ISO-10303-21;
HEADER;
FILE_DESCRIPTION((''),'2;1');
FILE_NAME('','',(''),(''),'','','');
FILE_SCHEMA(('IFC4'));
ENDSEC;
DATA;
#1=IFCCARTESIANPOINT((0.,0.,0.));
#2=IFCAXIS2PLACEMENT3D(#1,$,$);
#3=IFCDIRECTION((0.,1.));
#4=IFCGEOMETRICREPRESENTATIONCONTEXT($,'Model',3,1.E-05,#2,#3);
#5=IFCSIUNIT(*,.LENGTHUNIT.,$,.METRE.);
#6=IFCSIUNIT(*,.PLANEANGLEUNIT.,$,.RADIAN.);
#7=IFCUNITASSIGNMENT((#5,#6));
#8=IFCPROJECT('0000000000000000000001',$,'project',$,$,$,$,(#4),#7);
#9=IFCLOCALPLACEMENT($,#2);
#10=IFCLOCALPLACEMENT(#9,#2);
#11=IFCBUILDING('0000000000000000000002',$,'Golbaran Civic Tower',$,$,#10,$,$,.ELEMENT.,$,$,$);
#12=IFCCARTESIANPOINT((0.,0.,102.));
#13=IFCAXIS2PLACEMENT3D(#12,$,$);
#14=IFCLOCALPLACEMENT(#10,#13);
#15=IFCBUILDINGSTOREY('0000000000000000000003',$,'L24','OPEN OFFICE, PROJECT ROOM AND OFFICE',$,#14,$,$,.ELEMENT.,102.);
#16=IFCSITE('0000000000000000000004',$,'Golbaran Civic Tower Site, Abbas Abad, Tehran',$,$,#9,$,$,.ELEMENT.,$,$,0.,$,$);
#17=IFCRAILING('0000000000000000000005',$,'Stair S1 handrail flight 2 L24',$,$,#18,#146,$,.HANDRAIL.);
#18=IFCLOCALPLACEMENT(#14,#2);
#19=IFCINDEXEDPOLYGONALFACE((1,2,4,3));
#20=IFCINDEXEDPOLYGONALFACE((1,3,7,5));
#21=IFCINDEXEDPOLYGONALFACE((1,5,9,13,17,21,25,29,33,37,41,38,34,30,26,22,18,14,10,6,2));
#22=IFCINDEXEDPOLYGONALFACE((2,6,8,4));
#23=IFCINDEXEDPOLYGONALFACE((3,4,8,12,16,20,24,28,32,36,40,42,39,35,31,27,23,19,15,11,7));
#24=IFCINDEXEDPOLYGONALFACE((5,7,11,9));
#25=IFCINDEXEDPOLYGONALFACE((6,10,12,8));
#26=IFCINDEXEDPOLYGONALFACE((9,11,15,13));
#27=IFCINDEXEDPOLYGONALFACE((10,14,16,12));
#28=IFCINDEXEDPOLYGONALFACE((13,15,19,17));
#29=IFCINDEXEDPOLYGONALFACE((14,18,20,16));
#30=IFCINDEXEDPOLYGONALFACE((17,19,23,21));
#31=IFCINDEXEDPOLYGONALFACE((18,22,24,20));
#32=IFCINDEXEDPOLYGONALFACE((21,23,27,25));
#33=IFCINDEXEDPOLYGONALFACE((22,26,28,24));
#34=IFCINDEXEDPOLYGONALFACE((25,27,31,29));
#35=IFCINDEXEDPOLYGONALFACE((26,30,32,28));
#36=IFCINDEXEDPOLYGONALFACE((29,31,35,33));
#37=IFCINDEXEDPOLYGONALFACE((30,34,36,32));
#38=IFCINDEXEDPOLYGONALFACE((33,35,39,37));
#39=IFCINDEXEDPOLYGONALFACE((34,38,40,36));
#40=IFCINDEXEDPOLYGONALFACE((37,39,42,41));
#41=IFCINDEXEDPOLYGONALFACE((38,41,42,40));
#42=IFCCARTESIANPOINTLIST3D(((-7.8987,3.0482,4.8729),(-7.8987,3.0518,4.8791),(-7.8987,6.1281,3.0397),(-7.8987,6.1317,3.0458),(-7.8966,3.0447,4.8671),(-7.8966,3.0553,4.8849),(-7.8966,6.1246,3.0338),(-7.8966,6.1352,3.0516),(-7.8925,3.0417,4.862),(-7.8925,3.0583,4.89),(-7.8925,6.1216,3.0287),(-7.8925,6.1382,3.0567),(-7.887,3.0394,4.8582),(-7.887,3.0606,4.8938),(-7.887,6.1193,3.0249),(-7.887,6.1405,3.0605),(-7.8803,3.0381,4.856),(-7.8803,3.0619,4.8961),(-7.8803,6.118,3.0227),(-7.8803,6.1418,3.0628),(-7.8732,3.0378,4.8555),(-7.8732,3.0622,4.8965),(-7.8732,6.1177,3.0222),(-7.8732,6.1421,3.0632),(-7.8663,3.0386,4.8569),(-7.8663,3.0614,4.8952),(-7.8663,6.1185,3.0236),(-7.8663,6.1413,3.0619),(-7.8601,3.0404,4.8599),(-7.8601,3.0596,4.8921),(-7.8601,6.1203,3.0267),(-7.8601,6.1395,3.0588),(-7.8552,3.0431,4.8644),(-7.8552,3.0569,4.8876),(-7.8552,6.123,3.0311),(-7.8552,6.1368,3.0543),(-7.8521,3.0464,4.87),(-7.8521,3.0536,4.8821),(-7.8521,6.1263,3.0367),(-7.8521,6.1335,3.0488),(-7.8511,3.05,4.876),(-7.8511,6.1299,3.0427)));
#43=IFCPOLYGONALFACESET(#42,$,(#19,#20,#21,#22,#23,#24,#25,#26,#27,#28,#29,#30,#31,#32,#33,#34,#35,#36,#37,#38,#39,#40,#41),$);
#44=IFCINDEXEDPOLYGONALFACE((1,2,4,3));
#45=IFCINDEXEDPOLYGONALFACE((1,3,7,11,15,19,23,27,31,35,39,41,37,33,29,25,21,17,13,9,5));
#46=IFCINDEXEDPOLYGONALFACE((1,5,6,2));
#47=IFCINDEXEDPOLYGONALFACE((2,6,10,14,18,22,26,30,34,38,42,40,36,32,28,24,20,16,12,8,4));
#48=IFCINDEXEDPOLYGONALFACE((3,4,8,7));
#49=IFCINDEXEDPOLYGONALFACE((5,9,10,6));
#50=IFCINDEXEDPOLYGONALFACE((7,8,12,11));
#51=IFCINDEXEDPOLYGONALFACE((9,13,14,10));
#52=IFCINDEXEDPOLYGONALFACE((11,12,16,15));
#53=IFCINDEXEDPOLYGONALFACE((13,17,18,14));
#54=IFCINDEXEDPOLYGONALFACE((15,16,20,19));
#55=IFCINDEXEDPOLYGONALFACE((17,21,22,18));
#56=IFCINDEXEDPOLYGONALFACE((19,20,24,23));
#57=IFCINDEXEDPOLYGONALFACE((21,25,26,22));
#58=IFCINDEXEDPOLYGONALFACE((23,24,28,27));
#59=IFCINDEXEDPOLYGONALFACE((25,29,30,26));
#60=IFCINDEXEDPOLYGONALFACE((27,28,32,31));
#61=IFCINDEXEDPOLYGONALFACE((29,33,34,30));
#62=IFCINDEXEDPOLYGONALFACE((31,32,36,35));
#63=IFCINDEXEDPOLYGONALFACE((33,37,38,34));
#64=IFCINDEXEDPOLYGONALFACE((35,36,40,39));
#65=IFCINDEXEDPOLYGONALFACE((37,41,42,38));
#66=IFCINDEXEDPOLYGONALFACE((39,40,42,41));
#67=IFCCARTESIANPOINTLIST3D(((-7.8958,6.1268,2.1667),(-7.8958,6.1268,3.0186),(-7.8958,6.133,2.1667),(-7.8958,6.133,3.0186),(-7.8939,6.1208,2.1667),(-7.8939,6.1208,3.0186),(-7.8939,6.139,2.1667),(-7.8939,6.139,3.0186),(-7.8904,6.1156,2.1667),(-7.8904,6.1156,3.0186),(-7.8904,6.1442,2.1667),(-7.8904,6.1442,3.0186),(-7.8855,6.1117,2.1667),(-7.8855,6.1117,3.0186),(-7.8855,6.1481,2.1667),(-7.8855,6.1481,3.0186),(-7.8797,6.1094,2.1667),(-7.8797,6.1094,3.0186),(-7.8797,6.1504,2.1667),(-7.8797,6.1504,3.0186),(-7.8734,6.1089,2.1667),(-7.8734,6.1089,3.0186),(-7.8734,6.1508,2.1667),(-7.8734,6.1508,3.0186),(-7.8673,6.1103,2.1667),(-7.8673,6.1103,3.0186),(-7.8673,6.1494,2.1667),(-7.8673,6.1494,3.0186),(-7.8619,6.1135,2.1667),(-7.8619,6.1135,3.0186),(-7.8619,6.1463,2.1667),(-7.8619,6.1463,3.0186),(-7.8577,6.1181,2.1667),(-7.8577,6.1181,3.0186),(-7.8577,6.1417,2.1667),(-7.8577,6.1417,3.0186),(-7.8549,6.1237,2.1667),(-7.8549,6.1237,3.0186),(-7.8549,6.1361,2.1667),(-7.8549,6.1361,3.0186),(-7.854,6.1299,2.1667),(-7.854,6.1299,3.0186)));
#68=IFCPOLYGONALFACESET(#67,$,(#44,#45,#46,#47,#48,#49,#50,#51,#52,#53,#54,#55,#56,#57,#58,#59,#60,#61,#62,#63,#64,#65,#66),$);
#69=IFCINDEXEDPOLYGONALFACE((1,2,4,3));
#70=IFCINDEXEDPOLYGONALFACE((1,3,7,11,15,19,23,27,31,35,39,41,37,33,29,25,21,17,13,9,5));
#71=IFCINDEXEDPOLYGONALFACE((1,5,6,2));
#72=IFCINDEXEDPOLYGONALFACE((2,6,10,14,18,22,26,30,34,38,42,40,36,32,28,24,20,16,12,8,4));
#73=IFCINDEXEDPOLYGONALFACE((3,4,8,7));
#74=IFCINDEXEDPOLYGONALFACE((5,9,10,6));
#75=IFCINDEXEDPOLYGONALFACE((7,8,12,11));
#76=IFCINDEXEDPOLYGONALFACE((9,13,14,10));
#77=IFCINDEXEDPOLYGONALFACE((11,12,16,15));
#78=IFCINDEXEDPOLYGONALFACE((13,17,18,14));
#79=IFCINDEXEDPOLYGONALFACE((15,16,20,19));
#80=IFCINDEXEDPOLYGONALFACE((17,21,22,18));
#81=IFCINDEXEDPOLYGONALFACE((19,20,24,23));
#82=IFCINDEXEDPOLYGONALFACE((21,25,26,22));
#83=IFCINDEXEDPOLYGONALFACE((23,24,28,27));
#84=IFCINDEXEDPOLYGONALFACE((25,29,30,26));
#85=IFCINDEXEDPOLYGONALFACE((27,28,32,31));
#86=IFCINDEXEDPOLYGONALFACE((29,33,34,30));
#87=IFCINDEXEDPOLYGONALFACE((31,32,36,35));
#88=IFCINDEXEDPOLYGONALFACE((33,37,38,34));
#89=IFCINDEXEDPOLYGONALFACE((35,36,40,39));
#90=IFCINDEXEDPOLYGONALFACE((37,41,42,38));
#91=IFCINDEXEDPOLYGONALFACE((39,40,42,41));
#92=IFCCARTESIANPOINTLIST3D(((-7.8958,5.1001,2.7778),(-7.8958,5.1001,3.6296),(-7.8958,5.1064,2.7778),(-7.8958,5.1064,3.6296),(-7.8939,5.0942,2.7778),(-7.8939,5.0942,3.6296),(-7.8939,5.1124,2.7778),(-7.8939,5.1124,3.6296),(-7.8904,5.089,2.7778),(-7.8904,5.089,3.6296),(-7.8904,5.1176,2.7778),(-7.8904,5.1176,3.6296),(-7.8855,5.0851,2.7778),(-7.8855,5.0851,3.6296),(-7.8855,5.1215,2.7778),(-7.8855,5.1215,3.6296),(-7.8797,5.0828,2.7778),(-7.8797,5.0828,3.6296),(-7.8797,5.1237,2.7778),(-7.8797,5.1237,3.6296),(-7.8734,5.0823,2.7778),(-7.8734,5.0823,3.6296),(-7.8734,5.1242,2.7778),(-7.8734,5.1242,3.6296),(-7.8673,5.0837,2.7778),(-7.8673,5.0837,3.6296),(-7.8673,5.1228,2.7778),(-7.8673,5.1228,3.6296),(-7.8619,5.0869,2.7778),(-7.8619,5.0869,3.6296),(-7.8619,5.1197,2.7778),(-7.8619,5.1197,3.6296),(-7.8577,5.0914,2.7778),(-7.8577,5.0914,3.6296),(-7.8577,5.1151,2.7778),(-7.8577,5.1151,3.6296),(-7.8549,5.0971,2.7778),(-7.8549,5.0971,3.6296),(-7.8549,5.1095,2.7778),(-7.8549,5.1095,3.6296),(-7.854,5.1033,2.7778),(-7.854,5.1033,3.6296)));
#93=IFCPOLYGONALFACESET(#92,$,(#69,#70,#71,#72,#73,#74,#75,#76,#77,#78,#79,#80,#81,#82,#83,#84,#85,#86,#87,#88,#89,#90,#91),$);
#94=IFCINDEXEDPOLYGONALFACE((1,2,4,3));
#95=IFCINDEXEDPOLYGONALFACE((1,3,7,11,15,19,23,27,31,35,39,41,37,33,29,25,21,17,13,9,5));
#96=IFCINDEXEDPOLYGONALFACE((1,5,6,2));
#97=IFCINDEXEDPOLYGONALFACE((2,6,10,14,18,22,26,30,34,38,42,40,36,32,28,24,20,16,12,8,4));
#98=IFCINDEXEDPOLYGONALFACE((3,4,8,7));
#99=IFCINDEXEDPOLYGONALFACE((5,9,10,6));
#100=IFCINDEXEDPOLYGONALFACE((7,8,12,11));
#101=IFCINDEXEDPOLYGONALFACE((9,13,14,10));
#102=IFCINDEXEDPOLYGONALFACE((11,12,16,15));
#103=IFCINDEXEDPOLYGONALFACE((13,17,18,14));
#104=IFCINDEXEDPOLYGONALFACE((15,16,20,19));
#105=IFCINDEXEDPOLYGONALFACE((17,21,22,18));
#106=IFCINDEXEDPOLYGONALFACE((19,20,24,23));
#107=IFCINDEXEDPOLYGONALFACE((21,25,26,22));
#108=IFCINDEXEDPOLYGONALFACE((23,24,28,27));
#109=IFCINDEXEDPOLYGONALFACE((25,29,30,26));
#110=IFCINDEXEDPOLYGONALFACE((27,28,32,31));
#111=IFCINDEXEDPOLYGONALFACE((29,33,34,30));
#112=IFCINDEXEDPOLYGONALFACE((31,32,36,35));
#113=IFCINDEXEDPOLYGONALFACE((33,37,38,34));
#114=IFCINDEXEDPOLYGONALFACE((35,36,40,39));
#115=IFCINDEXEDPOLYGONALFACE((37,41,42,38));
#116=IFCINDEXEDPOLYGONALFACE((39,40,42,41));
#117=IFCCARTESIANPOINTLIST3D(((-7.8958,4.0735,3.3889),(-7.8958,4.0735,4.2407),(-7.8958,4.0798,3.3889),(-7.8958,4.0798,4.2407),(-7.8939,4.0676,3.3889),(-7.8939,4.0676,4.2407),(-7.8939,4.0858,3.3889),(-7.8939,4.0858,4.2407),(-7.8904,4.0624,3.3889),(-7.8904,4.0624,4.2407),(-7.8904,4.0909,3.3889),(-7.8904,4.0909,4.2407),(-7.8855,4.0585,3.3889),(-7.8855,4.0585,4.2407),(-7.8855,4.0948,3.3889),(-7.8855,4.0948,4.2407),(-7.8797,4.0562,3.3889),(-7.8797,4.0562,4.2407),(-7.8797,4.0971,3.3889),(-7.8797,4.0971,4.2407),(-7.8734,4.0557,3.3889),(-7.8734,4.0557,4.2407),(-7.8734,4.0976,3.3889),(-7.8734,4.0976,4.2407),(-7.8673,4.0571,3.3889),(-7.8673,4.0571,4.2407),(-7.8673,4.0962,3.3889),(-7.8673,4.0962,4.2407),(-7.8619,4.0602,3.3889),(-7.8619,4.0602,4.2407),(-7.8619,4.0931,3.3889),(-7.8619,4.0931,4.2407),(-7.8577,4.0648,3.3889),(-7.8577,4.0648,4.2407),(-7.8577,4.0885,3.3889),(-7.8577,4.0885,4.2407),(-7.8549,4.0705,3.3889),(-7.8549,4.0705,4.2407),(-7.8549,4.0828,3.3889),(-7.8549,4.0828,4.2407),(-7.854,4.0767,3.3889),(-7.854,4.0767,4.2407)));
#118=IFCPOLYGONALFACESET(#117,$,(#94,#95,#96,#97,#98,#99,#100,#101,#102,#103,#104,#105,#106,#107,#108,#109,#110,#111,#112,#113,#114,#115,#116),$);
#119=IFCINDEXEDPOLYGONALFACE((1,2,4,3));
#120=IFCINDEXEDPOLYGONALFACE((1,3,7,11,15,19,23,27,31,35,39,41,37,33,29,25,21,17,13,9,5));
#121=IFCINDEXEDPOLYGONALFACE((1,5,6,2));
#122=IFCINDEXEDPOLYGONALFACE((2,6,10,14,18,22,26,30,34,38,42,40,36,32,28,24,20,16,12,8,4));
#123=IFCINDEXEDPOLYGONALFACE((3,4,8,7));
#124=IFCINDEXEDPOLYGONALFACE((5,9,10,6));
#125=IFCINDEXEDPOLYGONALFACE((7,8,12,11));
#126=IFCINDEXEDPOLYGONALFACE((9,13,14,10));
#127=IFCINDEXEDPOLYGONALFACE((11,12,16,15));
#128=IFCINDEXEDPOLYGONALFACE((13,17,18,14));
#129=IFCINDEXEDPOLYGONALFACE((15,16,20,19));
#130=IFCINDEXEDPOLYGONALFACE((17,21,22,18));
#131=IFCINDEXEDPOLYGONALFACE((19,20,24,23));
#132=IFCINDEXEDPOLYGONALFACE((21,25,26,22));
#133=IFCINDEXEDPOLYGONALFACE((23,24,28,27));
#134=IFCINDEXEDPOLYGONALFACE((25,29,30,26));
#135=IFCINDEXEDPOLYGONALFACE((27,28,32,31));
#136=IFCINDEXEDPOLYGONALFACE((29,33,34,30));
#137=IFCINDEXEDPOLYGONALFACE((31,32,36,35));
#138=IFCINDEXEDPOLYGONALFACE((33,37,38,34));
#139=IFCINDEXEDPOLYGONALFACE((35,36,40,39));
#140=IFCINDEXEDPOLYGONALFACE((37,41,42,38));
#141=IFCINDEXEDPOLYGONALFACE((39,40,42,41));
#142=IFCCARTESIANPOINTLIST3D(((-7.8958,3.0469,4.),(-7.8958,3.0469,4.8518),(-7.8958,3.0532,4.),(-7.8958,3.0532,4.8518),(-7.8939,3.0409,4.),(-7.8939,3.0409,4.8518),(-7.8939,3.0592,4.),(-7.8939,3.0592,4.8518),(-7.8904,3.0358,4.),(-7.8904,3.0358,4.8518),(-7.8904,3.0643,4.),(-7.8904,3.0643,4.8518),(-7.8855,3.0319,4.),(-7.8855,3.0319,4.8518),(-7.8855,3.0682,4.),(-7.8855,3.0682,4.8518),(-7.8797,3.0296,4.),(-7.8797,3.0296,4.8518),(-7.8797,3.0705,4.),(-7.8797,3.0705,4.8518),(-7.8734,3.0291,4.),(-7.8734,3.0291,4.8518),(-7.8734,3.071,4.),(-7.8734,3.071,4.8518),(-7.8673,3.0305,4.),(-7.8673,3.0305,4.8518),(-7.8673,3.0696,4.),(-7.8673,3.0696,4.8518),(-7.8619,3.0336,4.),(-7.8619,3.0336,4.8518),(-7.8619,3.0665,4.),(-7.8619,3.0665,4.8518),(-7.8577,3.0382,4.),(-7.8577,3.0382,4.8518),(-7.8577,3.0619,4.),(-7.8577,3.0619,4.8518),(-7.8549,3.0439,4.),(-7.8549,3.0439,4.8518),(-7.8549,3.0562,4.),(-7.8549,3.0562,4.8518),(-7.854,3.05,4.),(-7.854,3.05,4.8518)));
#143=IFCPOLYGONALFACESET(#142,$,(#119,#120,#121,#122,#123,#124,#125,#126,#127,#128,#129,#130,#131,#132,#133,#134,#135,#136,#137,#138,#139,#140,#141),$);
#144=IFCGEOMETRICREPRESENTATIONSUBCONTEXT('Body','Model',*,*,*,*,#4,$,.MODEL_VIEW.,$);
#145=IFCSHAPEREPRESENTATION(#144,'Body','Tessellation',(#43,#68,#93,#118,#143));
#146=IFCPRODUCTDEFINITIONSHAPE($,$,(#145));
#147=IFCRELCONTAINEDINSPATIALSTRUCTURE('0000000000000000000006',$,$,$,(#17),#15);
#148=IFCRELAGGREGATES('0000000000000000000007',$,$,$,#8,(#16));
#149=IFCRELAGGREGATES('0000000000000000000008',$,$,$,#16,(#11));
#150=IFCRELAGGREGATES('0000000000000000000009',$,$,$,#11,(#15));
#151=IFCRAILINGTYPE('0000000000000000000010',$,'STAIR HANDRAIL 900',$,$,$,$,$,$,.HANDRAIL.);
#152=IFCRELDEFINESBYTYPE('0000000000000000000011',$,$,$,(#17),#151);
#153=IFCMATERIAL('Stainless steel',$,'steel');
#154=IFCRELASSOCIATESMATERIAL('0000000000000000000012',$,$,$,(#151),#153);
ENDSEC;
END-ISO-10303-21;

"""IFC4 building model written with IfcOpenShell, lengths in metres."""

from ifc_helpers import new_model, si_unit, direction, frame, origin, origin_2d, place, context, subcontext, project, spatial, circle, extrude, material, type_object, element, save


model = new_model("IFC4")

# Units and contexts
model_context = context("Model", 3, precision=1e-05, world=origin(), true_north=direction((0.0, 1.0)))
body_context = subcontext(model_context, "Body", "Model", "MODEL_VIEW")
ifc_project = project(units=[si_unit("LENGTHUNIT", "METRE"), si_unit("PLANEANGLEUNIT", "RADIAN")], contexts=[model_context])

# Site, building, storey
site_placement = place(None, origin())
site = spatial("IfcSite", under=ifc_project, at=site_placement, Name="Golbaran Civic Tower Site, Abbas Abad, Tehran", CompositionType="ELEMENT", RefElevation=0.0)
building_placement = place(site_placement, origin())
building = spatial("IfcBuilding", under=site, at=building_placement, Name="Golbaran Civic Tower", CompositionType="ELEMENT")
storey_placement = place(building_placement, frame((0.0, 0.0, 102.0)))
storey = spatial("IfcBuildingStorey", under=building, at=storey_placement, Name="L24", Description="OPEN OFFICE, PROJECT ROOM AND OFFICE", CompositionType="ELEMENT", Elevation=102.0)

# Shared definitions
ifc_material_1 = material(Name="Stainless steel", Category="steel")

# Railing
railing_type = type_object("IfcRailingType", Name="STAIR HANDRAIL 900", PredefinedType="HANDRAIL", material=ifc_material_1)
railing_1_placement = place(storey_placement, frame((-7.875, 6.1299, 2.1667)))
element("IfcRailing", 1, at=railing_1_placement, inside=storey, type_object=railing_type, Name="Stair S1 handrail flight 2 L24", PredefinedType="HANDRAIL", context=body_context, shape_type="SweptSolid", body=[
    extrude(circle(Radius=0.0239, at=origin_2d()), frame((0.0, 0.0, 0.876), z_axis=(0.0, -0.859291, 0.511487), x_axis=(1.0, 0.0, 0.0)), (0.0, 0.0, 1.0), 3.5842),
    extrude(circle(Radius=0.021, at=origin_2d()), origin(), (0.0, 0.0, 1.0), 0.8518),
    extrude(circle(Radius=0.021, at=origin_2d()), frame((0.0, -1.0266, 0.6111)), (0.0, 0.0, 1.0), 0.8518),
    extrude(circle(Radius=0.021, at=origin_2d()), frame((0.0, -2.0532, 1.2222)), (0.0, 0.0, 1.0), 0.8518),
    extrude(circle(Radius=0.021, at=origin_2d()), frame((0.0, -3.0798, 1.8333)), (0.0, 0.0, 1.0), 0.8518),
])

save(model, "model.ifc")
